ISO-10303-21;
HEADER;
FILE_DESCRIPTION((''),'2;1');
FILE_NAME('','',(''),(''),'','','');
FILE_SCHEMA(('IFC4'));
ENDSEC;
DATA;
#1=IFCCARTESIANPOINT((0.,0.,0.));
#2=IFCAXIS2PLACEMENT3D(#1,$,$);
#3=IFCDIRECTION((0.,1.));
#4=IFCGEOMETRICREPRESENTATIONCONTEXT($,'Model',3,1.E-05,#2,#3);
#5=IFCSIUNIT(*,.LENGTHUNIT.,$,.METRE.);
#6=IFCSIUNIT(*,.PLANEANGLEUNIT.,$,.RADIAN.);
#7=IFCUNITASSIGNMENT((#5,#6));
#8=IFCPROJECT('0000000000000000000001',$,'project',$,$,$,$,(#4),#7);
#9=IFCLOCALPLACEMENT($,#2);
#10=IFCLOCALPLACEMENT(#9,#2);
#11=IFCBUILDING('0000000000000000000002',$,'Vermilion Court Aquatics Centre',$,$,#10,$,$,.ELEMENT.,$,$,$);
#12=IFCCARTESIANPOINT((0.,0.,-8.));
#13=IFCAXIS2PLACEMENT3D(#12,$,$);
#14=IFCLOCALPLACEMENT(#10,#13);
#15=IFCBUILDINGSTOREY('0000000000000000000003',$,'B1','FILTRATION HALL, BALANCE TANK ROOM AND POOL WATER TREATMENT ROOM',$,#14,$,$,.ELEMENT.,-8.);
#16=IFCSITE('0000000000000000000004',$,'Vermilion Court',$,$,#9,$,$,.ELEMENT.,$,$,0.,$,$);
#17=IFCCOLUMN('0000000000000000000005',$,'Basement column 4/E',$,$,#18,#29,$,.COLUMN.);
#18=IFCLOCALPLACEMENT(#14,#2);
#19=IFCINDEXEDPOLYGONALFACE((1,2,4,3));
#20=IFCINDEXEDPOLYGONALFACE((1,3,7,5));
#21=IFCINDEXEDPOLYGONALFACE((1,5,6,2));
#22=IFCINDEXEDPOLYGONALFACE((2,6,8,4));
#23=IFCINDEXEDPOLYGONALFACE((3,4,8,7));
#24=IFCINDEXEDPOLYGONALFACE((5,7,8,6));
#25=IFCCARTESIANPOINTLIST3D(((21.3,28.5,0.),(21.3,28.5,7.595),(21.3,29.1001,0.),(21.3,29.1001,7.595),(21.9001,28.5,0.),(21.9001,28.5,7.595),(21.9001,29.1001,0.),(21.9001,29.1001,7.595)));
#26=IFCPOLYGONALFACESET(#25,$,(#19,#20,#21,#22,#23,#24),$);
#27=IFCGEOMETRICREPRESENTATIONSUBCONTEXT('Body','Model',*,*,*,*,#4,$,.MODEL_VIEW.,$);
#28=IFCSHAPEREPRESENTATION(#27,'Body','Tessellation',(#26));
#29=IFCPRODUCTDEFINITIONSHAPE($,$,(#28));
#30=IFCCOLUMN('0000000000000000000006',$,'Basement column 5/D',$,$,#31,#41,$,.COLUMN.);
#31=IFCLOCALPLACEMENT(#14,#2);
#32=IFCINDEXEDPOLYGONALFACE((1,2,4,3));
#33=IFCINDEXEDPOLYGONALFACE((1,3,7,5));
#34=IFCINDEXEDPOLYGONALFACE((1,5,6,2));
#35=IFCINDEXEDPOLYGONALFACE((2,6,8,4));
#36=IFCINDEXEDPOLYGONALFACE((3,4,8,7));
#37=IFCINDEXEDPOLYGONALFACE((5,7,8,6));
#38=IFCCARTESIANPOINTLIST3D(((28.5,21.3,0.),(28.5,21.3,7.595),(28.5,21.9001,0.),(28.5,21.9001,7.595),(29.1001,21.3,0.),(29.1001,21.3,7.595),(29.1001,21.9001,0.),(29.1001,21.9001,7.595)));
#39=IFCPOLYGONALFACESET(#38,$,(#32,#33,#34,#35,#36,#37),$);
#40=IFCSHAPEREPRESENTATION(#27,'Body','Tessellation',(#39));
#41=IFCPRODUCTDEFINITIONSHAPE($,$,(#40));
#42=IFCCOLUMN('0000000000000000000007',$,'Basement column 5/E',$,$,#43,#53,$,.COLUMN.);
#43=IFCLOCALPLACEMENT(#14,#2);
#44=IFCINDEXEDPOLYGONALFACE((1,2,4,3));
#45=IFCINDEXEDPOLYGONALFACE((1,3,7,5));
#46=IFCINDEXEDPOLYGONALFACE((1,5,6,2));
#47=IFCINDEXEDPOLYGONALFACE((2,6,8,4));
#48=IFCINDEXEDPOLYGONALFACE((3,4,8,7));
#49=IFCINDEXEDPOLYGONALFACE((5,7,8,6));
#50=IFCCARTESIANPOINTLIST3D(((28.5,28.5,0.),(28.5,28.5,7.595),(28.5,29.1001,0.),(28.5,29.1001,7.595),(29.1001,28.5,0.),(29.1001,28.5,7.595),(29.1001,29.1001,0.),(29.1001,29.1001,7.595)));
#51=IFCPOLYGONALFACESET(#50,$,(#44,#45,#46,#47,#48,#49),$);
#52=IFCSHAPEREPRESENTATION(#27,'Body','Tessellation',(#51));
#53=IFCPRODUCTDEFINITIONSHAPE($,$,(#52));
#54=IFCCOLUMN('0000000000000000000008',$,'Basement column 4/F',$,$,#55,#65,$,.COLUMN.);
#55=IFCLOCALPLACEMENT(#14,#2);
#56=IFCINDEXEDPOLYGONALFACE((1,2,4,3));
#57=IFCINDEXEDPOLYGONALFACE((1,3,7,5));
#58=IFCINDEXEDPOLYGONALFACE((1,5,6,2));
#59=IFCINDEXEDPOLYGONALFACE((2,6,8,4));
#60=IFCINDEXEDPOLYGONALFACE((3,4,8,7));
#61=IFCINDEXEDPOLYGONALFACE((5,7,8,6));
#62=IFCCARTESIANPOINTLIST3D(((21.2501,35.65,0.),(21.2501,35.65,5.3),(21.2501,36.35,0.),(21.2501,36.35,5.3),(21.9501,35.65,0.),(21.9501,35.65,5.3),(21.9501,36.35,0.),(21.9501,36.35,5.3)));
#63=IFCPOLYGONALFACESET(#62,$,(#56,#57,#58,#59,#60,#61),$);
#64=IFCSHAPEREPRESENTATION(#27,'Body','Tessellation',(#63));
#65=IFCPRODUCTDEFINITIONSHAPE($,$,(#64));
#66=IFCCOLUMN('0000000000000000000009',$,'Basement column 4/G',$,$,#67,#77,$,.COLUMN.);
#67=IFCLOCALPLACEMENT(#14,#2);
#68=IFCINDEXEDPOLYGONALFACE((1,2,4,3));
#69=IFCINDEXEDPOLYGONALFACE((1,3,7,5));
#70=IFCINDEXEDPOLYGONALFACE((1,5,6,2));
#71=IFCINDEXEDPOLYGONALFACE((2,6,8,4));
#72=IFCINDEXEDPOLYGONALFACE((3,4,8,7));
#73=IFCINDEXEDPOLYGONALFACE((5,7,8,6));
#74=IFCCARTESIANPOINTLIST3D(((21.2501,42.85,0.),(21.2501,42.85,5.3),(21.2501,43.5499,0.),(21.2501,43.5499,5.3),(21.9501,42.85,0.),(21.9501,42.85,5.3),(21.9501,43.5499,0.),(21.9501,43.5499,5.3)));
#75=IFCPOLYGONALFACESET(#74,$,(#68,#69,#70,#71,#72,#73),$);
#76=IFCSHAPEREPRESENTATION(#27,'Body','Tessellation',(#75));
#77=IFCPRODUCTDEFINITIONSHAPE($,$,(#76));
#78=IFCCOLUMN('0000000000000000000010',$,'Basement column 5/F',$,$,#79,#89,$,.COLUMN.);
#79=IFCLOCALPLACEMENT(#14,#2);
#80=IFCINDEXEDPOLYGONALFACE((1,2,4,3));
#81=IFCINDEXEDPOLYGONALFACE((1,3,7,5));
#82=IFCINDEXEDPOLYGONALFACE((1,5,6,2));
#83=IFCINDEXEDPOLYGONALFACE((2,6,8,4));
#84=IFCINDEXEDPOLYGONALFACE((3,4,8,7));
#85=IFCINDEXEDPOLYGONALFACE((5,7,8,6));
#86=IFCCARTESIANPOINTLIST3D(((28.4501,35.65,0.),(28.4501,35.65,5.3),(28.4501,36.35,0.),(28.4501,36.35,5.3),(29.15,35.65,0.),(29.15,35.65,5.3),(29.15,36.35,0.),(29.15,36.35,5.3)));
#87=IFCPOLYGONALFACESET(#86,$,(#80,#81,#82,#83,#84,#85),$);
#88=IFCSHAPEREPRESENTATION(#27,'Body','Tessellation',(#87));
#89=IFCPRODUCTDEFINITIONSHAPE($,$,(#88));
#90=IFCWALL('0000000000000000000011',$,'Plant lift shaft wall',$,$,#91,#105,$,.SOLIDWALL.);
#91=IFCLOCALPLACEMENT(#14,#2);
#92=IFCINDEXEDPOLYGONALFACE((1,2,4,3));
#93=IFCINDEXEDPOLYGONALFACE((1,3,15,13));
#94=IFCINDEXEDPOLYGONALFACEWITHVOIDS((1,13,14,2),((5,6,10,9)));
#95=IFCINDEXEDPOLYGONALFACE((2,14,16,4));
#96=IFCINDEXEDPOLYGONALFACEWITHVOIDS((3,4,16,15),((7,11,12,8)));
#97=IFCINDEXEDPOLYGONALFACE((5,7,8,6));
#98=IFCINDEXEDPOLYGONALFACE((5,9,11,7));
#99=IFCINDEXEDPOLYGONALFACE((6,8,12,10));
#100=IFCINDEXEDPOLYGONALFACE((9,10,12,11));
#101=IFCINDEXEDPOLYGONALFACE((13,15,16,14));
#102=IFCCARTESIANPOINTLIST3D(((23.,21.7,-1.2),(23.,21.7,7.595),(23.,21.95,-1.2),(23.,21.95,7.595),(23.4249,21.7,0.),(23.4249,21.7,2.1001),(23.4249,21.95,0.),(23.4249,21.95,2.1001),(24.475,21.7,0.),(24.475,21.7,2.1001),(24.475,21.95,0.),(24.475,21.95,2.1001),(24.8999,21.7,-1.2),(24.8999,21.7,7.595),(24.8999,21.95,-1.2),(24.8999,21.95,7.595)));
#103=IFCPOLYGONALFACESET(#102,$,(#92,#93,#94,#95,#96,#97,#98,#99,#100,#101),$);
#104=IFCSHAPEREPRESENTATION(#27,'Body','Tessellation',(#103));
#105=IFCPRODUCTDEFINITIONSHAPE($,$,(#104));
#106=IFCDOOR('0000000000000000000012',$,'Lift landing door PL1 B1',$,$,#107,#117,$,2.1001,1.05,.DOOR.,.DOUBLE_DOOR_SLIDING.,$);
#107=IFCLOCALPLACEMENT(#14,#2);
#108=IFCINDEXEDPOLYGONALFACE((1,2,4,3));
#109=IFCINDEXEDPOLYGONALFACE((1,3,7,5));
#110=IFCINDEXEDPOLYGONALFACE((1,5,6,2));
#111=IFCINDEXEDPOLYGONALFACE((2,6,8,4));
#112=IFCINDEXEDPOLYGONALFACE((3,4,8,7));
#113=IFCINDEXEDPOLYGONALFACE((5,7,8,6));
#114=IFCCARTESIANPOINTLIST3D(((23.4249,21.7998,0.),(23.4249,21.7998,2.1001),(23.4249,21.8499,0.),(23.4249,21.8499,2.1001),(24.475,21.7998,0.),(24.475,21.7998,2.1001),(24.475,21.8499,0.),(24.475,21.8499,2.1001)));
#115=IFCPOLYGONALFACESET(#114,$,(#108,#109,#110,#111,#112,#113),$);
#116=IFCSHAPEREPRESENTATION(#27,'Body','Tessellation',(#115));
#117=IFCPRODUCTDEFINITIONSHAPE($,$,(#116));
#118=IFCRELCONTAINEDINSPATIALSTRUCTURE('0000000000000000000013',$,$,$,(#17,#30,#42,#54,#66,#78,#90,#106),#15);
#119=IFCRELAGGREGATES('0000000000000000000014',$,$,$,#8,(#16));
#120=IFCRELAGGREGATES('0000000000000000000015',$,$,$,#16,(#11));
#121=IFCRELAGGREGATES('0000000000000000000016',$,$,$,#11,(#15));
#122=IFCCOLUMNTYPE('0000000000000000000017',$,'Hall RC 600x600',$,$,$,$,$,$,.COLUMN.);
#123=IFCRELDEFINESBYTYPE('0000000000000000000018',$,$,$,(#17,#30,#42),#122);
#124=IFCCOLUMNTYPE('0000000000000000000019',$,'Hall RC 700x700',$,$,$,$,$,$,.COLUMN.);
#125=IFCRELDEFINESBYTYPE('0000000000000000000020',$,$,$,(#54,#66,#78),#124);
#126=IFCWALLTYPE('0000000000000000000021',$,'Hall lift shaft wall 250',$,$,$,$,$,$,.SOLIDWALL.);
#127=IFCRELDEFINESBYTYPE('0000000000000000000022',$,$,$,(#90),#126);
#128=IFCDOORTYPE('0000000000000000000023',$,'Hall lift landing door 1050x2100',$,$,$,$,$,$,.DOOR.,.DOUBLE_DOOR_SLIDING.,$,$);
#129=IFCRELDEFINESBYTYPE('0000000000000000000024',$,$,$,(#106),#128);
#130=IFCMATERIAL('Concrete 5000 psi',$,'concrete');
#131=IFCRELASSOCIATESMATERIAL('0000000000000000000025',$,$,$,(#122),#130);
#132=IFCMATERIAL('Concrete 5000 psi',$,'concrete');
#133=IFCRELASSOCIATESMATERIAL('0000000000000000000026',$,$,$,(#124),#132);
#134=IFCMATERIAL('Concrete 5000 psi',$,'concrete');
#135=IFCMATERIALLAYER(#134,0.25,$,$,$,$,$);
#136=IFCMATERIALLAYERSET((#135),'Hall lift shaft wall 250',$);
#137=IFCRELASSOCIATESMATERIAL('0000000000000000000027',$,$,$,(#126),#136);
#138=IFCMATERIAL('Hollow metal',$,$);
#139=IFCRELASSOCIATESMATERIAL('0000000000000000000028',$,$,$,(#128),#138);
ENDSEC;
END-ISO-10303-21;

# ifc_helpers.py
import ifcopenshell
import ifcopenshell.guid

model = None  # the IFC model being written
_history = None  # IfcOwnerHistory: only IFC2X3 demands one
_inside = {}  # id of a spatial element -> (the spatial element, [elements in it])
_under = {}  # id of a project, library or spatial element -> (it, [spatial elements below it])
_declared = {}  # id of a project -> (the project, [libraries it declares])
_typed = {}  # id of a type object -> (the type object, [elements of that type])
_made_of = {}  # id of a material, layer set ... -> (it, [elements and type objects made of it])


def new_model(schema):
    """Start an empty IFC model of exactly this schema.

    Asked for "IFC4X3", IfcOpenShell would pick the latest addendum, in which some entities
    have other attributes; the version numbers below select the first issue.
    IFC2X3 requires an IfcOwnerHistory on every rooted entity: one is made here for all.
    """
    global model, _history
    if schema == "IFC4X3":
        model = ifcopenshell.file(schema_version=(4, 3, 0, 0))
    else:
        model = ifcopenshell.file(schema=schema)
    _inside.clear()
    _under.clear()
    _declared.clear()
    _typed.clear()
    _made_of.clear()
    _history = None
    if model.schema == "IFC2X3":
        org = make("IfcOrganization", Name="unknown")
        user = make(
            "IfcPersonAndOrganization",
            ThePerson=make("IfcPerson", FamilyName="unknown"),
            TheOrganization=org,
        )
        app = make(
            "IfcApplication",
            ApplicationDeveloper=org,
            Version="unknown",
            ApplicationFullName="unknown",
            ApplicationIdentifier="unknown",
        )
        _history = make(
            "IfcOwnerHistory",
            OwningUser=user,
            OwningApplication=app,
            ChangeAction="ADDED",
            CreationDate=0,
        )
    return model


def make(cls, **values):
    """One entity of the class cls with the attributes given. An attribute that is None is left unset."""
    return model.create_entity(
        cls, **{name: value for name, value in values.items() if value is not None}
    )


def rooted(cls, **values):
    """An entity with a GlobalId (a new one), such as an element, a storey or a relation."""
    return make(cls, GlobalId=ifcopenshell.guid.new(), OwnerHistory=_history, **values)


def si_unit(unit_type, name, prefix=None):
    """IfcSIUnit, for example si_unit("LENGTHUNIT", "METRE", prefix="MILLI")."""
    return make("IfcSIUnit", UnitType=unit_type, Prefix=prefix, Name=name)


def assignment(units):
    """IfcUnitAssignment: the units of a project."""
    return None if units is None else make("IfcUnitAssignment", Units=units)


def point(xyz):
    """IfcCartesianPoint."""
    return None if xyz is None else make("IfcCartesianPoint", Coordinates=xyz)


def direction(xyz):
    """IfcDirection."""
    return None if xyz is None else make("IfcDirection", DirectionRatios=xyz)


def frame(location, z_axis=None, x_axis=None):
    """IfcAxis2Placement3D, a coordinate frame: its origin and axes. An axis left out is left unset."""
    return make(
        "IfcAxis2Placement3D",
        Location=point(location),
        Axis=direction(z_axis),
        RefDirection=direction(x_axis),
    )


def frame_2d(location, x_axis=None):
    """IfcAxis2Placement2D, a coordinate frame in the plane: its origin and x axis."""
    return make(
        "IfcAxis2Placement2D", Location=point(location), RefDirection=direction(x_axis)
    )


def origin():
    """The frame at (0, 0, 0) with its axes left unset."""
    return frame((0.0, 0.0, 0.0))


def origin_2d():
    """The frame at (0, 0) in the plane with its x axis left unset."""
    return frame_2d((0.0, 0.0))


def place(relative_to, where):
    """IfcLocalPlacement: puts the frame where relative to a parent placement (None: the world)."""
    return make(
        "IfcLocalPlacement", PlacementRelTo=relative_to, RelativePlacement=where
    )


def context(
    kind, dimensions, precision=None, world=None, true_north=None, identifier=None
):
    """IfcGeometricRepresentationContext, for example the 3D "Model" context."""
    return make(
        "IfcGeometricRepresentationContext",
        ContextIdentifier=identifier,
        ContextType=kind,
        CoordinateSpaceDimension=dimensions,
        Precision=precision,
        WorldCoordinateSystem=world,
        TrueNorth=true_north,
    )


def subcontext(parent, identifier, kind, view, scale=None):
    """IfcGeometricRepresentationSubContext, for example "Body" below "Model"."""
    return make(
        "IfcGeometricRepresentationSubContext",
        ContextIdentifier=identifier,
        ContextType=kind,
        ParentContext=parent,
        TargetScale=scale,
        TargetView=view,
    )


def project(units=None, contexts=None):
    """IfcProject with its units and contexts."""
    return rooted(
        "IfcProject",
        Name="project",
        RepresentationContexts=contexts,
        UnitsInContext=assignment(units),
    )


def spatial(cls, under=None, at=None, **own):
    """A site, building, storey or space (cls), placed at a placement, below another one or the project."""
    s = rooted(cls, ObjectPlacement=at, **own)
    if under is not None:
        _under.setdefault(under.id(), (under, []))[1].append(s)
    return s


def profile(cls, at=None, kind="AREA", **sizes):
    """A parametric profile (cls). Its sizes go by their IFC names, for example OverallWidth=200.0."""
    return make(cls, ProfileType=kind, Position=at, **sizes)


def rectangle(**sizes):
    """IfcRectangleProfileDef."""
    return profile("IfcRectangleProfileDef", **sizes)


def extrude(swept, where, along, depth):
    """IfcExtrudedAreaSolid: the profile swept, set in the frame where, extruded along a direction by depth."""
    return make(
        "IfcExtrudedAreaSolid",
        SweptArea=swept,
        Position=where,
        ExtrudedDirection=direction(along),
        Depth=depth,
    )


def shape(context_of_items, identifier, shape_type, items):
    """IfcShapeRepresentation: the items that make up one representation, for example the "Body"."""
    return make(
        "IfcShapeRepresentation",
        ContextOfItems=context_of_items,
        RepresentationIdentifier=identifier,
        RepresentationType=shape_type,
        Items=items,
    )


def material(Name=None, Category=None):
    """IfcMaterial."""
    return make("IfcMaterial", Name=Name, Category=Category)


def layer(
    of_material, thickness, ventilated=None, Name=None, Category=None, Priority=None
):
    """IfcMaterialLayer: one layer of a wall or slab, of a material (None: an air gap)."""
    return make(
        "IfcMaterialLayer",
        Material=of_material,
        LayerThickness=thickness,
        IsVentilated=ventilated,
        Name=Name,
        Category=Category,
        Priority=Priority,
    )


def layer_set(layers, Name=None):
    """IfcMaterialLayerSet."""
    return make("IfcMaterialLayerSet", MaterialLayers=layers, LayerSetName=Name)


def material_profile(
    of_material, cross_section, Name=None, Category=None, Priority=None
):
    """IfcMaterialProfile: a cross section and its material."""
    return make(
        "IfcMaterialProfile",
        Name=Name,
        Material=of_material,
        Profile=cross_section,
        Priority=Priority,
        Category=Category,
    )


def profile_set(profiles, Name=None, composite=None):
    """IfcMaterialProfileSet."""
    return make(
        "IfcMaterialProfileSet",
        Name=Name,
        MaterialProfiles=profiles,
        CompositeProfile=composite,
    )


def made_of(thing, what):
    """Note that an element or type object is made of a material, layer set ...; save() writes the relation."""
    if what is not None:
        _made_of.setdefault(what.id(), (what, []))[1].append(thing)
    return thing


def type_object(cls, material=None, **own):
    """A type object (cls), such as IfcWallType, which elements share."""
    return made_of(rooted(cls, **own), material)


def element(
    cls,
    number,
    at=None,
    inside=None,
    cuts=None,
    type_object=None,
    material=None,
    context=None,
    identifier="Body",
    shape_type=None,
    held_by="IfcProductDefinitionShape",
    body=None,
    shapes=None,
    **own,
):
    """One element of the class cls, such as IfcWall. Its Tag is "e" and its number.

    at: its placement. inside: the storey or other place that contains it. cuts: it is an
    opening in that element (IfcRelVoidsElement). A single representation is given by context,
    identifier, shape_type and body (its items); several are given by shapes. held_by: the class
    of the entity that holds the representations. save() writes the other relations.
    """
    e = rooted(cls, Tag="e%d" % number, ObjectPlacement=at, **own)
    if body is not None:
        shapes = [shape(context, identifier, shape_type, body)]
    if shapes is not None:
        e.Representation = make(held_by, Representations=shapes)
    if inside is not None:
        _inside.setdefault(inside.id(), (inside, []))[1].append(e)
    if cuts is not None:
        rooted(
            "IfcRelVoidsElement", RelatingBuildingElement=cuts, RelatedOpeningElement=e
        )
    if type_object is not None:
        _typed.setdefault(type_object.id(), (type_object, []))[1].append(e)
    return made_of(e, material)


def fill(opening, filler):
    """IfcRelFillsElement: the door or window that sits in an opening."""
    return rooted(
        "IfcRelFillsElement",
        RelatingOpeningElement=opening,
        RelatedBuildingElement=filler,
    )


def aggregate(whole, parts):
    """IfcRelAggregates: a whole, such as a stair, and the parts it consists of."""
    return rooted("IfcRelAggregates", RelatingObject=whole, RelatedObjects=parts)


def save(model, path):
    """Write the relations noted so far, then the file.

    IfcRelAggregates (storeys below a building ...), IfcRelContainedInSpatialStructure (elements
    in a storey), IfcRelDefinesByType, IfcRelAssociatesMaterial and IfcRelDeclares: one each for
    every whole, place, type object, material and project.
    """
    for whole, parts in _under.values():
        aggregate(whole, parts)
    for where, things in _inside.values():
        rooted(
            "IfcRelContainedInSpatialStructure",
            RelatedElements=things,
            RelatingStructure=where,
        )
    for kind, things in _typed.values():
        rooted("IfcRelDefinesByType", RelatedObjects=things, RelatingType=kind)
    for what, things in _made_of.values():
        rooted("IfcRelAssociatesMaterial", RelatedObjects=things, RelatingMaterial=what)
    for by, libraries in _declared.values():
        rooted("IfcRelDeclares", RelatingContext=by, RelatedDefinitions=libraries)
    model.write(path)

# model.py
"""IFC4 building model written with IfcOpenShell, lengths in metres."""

from ifc_helpers import new_model, si_unit, direction, frame, frame_2d, origin, origin_2d, place, context, subcontext, project, spatial, rectangle, extrude, material, layer, layer_set, material_profile, profile_set, type_object, element, fill, save


model = new_model("IFC4")

# Units and contexts
model_context = context("Model", 3, precision=1e-05, world=origin(), true_north=direction((0.0, 1.0)))
body_context = subcontext(model_context, "Body", "Model", "MODEL_VIEW")
ifc_project = project(units=[si_unit("LENGTHUNIT", "METRE"), si_unit("PLANEANGLEUNIT", "RADIAN")], contexts=[model_context])

# Site, building, storey
site_placement = place(None, origin())
site = spatial("IfcSite", under=ifc_project, at=site_placement, Name="Vermilion Court", CompositionType="ELEMENT", RefElevation=0.0)
building_placement = place(site_placement, origin())
building = spatial("IfcBuilding", under=site, at=building_placement, Name="Vermilion Court Aquatics Centre", CompositionType="ELEMENT")
storey_placement = place(building_placement, frame((0.0, 0.0, -8.0)))
storey = spatial("IfcBuildingStorey", under=building, at=storey_placement, Name="B1", Description="FILTRATION HALL, BALANCE TANK ROOM AND POOL WATER TREATMENT ROOM", CompositionType="ELEMENT", Elevation=-8.0)

# Columns
ifc_material_1 = material(Name="Concrete 5000 psi", Category="concrete")
ifc_material_profile_1 = material_profile(ifc_material_1, rectangle(XDim=0.6001, YDim=0.6001, at=origin_2d()), Name="RC 600x600")
ifc_profile_set_1 = profile_set([ifc_material_profile_1], Name="Concrete 5000 psi")
column_type_1 = type_object("IfcColumnType", Name="Hall RC 600x600", PredefinedType="COLUMN", material=ifc_profile_set_1)
for number, where, z_axis, x_axis, name in (
    (1, (21.6001, 28.8, 0.0), (0.0, 0.0, 1.0), (1.0, 0.0, 0.0), "Basement column 4/E"),
    (2, (28.8, 21.6001, 0.0), (0.0, 0.0, 1.0), (1.0, 0.0, 0.0), "Basement column 5/D"),
    (3, (28.8, 28.8, 0.0), (0.0, 0.0, 1.0), (1.0, 0.0, 0.0), "Basement column 5/E"),
):
    element("IfcColumn", number, at=place(storey_placement, frame(where, z_axis=z_axis, x_axis=x_axis)), inside=storey, type_object=column_type_1, Name=name, PredefinedType="COLUMN", context=body_context, shape_type="SweptSolid", body=[
        extrude(rectangle(XDim=0.6001, YDim=0.6001, at=origin_2d()), origin(), (0.0, 0.0, 1.0), 7.595),
    ])
ifc_material_2 = material(Name="Concrete 5000 psi", Category="concrete")
ifc_material_profile_2 = material_profile(ifc_material_2, rectangle(XDim=0.7, YDim=0.7, at=origin_2d()), Name="RC 700x700")
ifc_profile_set_2 = profile_set([ifc_material_profile_2], Name="Concrete 5000 psi")
column_type_2 = type_object("IfcColumnType", Name="Hall RC 700x700", PredefinedType="COLUMN", material=ifc_profile_set_2)
for number, where, z_axis, x_axis, name in (
    (4, (21.6001, 36.0, 0.0), (0.0, 0.0, 1.0), (1.0, 0.0, 0.0), "Basement column 4/F"),
    (5, (21.6001, 43.2, 0.0), (0.0, 0.0, 1.0), (1.0, 0.0, 0.0), "Basement column 4/G"),
    (6, (28.8, 36.0, 0.0), (0.0, 0.0, 1.0), (1.0, 0.0, 0.0), "Basement column 5/F"),
):
    element("IfcColumn", number, at=place(storey_placement, frame(where, z_axis=z_axis, x_axis=x_axis)), inside=storey, type_object=column_type_2, Name=name, PredefinedType="COLUMN", context=body_context, shape_type="SweptSolid", body=[
        extrude(rectangle(XDim=0.7, YDim=0.7, at=origin_2d()), origin(), (0.0, 0.0, 1.0), 5.3),
    ])

# Wall, opening, door
ifc_material_3 = material(Name="Concrete 5000 psi", Category="concrete")
ifc_layer_1 = layer(ifc_material_3, 0.25)
ifc_layer_set_1 = layer_set([ifc_layer_1], Name="Hall lift shaft wall 250")
wall_type_1 = type_object("IfcWallType", Name="Hall lift shaft wall 250", PredefinedType="SOLIDWALL", material=ifc_layer_set_1)
wall_1_placement = place(storey_placement, frame((23.0, 21.825, -1.2), z_axis=(0.0, 0.0, 1.0), x_axis=(1.0, 0.0, 0.0)))
wall_1 = element("IfcWall", 7, at=wall_1_placement, inside=storey, type_object=wall_type_1, Name="Plant lift shaft wall", PredefinedType="SOLIDWALL", context=body_context, shape_type="SweptSolid", body=[
    extrude(rectangle(XDim=1.8999, YDim=0.25, at=frame_2d((0.95, 0.0))), origin(), (0.0, 0.0, 1.0), 8.7949),
])
opening_1_placement = place(wall_1_placement, frame((0.425, 0.0, 1.2)))
opening_1 = element("IfcOpeningElement", 8, at=opening_1_placement, cuts=wall_1, PredefinedType="OPENING", context=body_context, shape_type="SweptSolid", body=[
    extrude(rectangle(XDim=1.05, YDim=2.1001, at=frame_2d((0.5249, 1.05))), frame((0.0, 0.135, 0.0), z_axis=(0.0, -1.0, 0.0), x_axis=(1.0, 0.0, 0.0)), (0.0, 0.0, 1.0), 0.27),
])
ifc_material_4 = material(Name="Hollow metal")
door_type_1 = type_object("IfcDoorType", Name="Hall lift landing door 1050x2100", OperationType="DOUBLE_DOOR_SLIDING", PredefinedType="DOOR", material=ifc_material_4)
door_1_placement = place(opening_1_placement, origin())
door_1 = element("IfcDoor", 9, at=door_1_placement, inside=storey, type_object=door_type_1, Name="Lift landing door PL1 B1", OperationType="DOUBLE_DOOR_SLIDING", OverallHeight=2.1001, OverallWidth=1.05, PredefinedType="DOOR", context=body_context, shape_type="SweptSolid", body=[
    extrude(rectangle(XDim=1.05, YDim=2.1001, at=frame_2d((0.5249, 1.05))), frame((0.0, 0.0249, 0.0), z_axis=(0.0, -1.0, 0.0), x_axis=(1.0, 0.0, 0.0)), (0.0, 0.0, 1.0), 0.05),
])
fill(opening_1, door_1)

save(model, "model.ifc")
